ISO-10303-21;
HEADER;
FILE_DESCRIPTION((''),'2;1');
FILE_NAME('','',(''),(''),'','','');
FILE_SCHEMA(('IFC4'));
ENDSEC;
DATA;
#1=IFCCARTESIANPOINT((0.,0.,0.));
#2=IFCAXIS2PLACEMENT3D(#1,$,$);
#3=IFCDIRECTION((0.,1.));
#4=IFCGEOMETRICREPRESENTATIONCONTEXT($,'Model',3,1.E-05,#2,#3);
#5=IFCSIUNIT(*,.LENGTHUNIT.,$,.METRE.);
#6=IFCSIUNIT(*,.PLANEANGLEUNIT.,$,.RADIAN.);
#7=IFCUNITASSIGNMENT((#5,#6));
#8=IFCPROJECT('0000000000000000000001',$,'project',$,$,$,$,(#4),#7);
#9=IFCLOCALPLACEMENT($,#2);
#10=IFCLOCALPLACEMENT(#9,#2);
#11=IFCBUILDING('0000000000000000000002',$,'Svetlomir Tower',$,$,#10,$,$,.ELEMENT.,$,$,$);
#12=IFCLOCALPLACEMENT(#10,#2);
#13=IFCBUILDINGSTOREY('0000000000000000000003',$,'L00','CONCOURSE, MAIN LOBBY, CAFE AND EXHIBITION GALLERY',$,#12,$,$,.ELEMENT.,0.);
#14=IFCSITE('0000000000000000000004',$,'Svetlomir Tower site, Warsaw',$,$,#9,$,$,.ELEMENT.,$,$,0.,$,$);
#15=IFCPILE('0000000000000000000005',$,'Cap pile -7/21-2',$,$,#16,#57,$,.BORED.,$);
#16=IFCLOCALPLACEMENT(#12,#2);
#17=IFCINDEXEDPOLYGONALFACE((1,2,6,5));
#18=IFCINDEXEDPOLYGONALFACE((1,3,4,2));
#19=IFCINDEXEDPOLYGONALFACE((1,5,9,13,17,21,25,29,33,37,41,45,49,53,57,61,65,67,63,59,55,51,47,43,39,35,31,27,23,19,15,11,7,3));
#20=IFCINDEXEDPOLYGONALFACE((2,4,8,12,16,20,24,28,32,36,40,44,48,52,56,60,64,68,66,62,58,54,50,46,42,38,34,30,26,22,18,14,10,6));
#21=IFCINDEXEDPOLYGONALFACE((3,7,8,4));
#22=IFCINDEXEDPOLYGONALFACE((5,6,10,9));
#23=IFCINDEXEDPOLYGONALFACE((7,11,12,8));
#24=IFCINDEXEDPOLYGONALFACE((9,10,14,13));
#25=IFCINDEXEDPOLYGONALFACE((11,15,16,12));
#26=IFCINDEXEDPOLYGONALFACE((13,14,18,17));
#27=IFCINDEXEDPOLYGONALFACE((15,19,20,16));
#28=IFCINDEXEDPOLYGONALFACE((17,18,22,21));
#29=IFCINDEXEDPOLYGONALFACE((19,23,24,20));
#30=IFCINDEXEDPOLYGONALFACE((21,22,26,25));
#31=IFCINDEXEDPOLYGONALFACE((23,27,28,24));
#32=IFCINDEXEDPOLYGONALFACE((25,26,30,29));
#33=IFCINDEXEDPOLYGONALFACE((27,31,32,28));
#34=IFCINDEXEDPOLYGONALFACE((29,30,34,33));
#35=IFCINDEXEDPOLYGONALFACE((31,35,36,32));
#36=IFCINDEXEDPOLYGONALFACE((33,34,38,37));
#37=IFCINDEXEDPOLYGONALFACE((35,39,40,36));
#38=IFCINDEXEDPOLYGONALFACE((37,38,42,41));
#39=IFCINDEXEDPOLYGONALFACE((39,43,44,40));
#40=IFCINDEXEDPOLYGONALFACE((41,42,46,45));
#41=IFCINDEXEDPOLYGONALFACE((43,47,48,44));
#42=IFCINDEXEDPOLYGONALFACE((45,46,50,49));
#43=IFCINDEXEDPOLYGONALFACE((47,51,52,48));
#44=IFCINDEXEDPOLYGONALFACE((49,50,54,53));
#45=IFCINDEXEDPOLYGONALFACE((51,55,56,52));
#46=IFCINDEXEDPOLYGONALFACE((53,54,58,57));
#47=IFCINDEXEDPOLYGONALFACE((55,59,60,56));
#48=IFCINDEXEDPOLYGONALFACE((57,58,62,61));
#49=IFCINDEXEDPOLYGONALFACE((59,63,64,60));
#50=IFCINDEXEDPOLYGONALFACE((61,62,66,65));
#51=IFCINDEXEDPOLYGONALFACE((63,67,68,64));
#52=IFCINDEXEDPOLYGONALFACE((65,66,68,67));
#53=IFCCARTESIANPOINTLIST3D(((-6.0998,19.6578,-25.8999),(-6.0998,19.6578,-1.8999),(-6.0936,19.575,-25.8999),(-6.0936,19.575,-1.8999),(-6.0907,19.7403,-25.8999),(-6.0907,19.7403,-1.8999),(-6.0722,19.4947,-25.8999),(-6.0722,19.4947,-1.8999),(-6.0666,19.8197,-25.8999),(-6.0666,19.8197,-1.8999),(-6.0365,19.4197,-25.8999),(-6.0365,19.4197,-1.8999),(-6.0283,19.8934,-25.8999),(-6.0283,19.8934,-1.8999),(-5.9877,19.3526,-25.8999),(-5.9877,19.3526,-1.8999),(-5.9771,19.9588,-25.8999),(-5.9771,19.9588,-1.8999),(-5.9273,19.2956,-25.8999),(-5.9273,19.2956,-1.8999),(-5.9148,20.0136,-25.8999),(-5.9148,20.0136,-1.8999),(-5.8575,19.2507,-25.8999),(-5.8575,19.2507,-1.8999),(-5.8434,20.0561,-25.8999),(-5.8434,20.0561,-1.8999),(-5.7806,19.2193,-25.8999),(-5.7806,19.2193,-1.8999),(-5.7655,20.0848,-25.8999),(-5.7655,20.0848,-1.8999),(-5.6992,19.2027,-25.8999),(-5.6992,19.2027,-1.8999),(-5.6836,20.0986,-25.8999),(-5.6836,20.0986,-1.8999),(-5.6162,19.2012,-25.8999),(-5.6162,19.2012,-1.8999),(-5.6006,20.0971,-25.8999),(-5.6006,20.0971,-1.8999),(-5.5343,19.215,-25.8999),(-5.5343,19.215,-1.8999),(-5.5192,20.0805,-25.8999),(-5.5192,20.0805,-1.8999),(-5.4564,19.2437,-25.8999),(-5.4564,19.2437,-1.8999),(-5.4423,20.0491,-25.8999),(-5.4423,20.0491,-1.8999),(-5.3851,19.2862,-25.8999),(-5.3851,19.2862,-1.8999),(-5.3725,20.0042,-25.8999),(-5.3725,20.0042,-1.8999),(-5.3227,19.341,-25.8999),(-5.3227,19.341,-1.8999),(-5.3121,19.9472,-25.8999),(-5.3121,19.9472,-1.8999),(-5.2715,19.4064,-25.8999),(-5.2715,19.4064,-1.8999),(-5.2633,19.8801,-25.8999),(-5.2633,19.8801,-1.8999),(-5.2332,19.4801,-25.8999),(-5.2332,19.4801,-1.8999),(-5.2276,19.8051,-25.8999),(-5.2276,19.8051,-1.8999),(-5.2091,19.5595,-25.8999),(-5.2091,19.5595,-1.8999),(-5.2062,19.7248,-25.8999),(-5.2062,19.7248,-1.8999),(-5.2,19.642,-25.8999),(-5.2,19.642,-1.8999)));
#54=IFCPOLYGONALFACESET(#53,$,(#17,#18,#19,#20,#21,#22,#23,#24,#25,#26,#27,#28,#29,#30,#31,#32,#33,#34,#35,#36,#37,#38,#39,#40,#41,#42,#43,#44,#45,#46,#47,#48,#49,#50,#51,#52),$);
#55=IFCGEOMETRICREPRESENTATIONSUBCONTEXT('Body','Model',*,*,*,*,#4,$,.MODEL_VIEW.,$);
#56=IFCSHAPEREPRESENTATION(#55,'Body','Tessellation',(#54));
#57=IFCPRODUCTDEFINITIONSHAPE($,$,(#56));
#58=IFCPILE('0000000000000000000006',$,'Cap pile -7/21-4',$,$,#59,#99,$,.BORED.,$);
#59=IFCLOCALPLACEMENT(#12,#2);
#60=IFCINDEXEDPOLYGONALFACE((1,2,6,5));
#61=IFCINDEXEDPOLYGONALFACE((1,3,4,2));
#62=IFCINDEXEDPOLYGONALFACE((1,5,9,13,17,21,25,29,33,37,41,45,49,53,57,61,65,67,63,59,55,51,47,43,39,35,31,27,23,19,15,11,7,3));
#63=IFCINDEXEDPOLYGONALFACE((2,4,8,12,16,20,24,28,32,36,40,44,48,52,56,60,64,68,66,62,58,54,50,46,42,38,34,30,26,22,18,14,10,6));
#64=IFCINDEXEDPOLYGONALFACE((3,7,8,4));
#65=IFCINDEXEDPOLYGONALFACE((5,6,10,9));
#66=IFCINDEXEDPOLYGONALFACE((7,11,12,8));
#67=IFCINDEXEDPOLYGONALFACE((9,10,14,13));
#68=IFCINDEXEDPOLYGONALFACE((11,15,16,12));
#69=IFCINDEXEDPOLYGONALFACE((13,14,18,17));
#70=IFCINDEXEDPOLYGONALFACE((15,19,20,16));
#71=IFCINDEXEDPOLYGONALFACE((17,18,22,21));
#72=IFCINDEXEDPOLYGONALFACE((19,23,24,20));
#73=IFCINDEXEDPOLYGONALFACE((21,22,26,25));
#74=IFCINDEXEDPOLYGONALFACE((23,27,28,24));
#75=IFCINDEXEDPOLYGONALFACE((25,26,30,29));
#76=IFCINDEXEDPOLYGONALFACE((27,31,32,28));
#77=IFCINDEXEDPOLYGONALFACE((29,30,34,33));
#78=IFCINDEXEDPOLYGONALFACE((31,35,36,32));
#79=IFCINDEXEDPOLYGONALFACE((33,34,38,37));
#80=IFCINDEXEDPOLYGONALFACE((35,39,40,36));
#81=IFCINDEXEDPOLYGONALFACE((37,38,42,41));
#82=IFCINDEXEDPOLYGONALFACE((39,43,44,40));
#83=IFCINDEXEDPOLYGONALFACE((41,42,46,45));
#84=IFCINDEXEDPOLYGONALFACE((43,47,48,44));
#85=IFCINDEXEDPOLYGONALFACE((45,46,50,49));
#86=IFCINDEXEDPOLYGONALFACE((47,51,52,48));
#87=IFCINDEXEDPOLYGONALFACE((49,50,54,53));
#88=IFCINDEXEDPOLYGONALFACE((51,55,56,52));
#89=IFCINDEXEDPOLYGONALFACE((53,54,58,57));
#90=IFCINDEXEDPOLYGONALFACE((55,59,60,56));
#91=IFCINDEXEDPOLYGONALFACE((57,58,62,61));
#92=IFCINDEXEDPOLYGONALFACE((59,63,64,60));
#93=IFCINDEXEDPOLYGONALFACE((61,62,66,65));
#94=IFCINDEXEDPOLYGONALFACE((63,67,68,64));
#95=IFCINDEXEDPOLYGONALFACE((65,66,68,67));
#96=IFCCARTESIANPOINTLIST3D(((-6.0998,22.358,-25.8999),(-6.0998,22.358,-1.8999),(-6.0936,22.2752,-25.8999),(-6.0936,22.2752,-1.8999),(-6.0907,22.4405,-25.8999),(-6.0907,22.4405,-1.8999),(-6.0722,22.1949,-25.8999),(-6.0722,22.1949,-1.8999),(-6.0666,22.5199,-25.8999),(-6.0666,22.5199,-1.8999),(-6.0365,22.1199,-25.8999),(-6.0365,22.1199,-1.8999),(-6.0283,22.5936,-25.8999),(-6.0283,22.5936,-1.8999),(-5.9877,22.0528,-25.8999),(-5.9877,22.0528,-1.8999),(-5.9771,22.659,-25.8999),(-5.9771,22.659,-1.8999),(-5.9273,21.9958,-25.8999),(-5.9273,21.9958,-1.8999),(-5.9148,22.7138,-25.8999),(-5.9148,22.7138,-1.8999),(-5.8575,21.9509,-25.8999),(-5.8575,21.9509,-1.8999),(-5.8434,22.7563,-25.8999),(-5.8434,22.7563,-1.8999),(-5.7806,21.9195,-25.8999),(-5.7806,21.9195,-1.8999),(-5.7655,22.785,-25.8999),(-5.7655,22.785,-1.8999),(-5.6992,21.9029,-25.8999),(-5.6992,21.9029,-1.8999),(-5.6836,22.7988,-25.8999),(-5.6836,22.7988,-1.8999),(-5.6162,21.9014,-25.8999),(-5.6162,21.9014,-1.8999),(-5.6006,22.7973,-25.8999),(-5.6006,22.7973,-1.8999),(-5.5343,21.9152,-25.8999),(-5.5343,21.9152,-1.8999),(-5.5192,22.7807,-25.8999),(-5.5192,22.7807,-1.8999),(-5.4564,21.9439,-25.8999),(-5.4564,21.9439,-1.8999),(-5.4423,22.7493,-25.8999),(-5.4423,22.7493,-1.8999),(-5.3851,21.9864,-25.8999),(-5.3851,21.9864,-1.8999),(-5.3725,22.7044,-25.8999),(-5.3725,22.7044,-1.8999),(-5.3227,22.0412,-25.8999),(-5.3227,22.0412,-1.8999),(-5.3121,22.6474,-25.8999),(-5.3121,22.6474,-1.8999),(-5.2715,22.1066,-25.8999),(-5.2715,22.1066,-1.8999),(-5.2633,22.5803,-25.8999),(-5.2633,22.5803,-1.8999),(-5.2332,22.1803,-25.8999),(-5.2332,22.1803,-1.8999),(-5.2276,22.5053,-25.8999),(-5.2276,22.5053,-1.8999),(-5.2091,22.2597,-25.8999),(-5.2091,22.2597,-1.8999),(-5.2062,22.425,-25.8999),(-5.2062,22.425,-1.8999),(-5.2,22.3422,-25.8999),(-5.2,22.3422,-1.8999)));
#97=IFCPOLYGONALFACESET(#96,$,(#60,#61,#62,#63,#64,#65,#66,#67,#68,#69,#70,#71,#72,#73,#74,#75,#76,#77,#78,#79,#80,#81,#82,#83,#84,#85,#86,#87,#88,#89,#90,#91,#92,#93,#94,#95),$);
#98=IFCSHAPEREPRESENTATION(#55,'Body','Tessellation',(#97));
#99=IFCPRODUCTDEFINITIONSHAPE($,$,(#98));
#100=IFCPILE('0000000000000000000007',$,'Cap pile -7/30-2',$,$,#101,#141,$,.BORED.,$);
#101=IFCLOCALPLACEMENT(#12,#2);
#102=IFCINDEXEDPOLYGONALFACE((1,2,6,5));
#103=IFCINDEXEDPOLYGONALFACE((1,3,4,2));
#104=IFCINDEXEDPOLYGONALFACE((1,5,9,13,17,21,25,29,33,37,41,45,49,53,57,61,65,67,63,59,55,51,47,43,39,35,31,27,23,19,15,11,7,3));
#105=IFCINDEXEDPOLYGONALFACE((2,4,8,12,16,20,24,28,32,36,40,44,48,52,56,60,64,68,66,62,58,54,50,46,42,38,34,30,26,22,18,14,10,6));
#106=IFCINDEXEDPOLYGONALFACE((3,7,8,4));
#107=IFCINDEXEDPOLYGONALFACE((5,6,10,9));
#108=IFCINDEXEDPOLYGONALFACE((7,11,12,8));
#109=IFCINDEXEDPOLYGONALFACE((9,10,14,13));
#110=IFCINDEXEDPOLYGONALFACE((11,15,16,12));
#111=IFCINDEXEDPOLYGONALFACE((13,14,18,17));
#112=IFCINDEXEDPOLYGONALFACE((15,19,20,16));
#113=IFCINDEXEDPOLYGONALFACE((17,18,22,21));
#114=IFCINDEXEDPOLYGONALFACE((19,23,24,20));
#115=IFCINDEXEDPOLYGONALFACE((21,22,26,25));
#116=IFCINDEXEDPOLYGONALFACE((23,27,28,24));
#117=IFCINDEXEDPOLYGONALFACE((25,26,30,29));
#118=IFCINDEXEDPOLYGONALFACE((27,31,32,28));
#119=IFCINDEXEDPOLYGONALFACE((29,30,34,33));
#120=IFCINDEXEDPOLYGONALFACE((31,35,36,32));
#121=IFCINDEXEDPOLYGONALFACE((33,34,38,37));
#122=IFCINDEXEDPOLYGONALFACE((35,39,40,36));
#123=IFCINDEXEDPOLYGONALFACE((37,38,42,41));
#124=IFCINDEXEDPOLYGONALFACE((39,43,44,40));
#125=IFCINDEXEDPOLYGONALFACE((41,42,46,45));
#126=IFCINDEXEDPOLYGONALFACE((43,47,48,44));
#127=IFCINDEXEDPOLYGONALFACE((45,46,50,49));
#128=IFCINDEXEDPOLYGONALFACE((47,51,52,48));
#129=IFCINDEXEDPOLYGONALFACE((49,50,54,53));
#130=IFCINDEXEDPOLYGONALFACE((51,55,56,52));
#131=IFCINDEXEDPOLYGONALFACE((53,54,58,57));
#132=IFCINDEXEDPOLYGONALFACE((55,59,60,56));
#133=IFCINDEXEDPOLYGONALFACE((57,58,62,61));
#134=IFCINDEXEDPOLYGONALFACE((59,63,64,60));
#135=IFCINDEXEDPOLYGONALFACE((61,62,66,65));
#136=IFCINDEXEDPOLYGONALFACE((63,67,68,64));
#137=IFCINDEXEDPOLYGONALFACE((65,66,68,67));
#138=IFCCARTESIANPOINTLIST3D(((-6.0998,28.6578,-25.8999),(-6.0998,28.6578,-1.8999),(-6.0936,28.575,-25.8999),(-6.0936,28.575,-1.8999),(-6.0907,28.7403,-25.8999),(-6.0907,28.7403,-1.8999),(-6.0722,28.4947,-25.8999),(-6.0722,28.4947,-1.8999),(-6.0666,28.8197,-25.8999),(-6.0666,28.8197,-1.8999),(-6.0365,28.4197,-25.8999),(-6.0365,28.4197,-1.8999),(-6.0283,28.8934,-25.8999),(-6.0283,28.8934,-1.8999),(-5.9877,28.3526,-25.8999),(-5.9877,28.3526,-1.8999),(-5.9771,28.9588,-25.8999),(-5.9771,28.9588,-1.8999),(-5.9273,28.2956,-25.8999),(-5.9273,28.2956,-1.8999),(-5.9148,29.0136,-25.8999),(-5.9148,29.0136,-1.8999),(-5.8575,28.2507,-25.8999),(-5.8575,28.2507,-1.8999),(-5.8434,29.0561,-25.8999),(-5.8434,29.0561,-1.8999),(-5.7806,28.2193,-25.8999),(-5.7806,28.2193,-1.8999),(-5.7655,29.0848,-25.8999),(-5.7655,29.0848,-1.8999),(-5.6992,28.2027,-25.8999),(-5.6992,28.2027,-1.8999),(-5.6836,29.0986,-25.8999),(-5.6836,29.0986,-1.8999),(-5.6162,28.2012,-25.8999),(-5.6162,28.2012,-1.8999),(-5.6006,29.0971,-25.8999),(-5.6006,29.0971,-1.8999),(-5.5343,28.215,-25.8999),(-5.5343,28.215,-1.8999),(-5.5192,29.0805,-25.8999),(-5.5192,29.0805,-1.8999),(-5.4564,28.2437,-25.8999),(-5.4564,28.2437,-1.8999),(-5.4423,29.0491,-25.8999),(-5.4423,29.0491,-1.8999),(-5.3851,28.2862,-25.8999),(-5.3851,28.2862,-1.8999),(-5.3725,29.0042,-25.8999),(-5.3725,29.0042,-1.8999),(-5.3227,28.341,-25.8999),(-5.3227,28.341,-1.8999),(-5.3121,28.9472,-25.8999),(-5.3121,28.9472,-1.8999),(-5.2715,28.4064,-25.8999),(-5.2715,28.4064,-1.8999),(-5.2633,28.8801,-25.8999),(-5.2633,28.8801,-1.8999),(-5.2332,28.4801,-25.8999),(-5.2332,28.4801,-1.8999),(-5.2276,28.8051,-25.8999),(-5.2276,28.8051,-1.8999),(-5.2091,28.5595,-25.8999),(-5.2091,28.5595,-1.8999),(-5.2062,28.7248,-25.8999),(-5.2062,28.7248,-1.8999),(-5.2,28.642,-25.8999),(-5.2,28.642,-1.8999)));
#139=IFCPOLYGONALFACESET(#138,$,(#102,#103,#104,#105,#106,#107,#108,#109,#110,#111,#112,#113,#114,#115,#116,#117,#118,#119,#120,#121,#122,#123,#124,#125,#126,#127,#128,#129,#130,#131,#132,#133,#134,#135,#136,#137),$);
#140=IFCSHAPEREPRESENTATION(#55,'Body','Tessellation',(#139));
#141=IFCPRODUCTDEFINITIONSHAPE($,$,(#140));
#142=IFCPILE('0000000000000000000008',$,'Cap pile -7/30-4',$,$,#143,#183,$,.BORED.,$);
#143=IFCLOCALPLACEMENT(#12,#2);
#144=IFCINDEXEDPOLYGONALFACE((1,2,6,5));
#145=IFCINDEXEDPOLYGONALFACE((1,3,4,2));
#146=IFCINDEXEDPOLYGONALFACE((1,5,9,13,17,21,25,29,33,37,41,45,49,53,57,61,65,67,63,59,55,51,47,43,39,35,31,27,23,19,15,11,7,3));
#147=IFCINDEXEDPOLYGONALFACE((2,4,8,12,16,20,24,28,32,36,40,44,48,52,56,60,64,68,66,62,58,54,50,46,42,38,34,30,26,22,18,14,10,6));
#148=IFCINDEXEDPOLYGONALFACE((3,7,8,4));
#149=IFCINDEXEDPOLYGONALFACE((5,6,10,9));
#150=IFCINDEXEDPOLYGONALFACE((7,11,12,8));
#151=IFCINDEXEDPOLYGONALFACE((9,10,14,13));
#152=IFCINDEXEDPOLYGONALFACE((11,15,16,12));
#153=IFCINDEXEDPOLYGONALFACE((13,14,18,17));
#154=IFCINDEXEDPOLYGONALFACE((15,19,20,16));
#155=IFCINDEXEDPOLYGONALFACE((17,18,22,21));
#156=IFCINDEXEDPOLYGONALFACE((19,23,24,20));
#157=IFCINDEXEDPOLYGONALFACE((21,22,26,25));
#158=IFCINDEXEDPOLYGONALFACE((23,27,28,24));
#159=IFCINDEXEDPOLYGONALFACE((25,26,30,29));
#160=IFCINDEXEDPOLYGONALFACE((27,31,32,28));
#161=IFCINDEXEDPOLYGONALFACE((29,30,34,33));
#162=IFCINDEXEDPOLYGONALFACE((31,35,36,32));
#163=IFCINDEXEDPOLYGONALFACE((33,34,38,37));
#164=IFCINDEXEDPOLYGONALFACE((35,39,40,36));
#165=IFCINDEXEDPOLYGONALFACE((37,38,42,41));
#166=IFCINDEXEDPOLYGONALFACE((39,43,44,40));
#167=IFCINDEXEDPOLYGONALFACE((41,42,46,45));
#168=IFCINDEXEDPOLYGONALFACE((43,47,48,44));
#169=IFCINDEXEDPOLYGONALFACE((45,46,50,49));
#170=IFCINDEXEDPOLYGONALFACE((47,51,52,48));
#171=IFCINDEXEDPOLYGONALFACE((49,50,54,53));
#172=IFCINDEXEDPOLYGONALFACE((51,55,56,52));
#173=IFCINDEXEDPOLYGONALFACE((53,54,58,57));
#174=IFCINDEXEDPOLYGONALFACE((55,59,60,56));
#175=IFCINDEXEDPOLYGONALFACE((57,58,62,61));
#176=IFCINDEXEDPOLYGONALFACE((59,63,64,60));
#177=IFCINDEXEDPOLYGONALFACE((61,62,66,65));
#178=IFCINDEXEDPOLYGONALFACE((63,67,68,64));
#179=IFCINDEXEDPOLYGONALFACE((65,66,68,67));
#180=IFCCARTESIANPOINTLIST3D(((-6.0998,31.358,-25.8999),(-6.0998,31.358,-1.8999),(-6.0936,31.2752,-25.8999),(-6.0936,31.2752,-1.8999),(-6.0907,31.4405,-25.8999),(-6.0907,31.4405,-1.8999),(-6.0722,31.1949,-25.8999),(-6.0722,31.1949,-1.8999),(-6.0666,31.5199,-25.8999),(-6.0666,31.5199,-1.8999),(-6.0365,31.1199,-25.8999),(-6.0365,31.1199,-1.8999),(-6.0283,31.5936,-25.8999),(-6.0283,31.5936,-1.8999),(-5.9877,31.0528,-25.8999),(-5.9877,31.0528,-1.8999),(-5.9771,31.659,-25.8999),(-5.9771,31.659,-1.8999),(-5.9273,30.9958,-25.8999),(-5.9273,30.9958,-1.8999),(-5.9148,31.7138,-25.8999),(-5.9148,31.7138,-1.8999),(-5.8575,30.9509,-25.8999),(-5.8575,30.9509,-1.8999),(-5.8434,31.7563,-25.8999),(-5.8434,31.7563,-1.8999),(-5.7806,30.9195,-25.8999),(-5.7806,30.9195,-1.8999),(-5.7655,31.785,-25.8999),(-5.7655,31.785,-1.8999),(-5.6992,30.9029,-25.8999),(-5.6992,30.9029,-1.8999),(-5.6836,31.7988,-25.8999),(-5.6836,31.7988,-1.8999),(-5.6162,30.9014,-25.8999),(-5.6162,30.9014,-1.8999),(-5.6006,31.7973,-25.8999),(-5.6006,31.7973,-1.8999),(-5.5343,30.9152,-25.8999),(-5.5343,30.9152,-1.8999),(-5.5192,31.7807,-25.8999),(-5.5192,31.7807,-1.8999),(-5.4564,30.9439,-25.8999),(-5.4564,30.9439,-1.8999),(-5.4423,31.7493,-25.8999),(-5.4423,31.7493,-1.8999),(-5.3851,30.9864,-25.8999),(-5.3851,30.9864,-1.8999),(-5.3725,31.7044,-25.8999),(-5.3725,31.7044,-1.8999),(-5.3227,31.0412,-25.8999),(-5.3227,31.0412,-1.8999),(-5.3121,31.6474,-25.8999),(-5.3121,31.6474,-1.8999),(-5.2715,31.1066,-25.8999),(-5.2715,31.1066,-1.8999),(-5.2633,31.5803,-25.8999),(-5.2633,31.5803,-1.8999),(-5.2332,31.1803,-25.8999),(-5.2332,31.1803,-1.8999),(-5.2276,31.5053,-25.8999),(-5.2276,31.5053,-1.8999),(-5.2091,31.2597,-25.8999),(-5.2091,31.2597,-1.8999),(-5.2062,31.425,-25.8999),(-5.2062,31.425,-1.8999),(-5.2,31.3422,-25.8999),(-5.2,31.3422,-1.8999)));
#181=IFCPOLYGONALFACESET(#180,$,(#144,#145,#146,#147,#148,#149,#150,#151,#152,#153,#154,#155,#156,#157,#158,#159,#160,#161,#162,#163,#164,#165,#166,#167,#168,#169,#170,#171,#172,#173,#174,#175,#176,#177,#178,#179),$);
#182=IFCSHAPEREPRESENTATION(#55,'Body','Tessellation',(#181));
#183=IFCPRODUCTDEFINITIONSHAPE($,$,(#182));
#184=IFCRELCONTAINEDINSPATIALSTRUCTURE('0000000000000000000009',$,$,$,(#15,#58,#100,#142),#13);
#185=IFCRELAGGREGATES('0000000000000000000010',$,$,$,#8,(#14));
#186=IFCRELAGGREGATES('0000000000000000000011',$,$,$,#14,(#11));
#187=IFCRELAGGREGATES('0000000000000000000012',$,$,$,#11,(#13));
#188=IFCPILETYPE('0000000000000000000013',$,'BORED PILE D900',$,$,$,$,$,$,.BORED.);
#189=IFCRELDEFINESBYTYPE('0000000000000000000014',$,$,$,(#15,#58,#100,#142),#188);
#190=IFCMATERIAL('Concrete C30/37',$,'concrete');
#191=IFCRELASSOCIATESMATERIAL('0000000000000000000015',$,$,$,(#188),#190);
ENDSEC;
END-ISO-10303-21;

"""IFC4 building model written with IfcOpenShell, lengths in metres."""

from ifc_helpers import new_model, si_unit, direction, frame, frame_2d, origin, origin_2d, place, context, subcontext, project, spatial, circle, extrude, material, material_profile, profile_set, type_object, element, save


model = new_model("IFC4")

# Units and contexts
model_context = context("Model", 3, precision=1e-05, world=origin(), true_north=direction((0.0, 1.0)))
body_context = subcontext(model_context, "Body", "Model", "MODEL_VIEW")
ifc_project = project(units=[si_unit("LENGTHUNIT", "METRE"), si_unit("PLANEANGLEUNIT", "RADIAN")], contexts=[model_context])

# Site, building, storey
site_placement = place(None, origin())
site = spatial("IfcSite", under=ifc_project, at=site_placement, Name="Svetlomir Tower site, Warsaw", CompositionType="ELEMENT", RefElevation=0.0)
building_placement = place(site_placement, origin())
building = spatial("IfcBuilding", under=site, at=building_placement, Name="Svetlomir Tower", CompositionType="ELEMENT")
storey_placement = place(building_placement, origin())
storey = spatial("IfcBuildingStorey", under=building, at=storey_placement, Name="L00", Description="CONCOURSE, MAIN LOBBY, CAFE AND EXHIBITION GALLERY", CompositionType="ELEMENT", Elevation=0.0)

# Piles
ifc_material_1 = material(Name="Concrete C30/37", Category="concrete")
ifc_material_profile_1 = material_profile(ifc_material_1, circle(Radius=0.45, at=origin_2d()), Name="RC D900")
ifc_profile_set_1 = profile_set([ifc_material_profile_1], Name="Concrete C30/37")
pile_type_1 = type_object("IfcPileType", Name="BORED PILE D900", PredefinedType="BORED", material=ifc_profile_set_1)
for number, where, z_axis, x_axis, name in (
    (1, (-5.6499, 19.6499, -1.8999), (0.0, 0.0, -1.0), (1.0, 0.0, 0.0), "Cap pile -7/21-2"),
    (2, (-5.6499, 22.3501, -1.8999), (0.0, 0.0, -1.0), (1.0, 0.0, 0.0), "Cap pile -7/21-4"),
    (3, (-5.6499, 28.6499, -1.8999), (0.0, 0.0, -1.0), (1.0, 0.0, 0.0), "Cap pile -7/30-2"),
    (4, (-5.6499, 31.3501, -1.8999), (0.0, 0.0, -1.0), (1.0, 0.0, 0.0), "Cap pile -7/30-4"),
):
    element("IfcPile", number, at=place(storey_placement, frame(where, z_axis=z_axis, x_axis=x_axis)), inside=storey, type_object=pile_type_1, Name=name, PredefinedType="BORED", context=body_context, shape_type="SweptSolid", body=[
        extrude(circle(Radius=0.45, at=frame_2d((0.0, 0.0), x_axis=(0.999848, 0.017452))), origin(), (0.0, 0.0, 1.0), 24.0),
    ])

save(model, "model.ifc")
